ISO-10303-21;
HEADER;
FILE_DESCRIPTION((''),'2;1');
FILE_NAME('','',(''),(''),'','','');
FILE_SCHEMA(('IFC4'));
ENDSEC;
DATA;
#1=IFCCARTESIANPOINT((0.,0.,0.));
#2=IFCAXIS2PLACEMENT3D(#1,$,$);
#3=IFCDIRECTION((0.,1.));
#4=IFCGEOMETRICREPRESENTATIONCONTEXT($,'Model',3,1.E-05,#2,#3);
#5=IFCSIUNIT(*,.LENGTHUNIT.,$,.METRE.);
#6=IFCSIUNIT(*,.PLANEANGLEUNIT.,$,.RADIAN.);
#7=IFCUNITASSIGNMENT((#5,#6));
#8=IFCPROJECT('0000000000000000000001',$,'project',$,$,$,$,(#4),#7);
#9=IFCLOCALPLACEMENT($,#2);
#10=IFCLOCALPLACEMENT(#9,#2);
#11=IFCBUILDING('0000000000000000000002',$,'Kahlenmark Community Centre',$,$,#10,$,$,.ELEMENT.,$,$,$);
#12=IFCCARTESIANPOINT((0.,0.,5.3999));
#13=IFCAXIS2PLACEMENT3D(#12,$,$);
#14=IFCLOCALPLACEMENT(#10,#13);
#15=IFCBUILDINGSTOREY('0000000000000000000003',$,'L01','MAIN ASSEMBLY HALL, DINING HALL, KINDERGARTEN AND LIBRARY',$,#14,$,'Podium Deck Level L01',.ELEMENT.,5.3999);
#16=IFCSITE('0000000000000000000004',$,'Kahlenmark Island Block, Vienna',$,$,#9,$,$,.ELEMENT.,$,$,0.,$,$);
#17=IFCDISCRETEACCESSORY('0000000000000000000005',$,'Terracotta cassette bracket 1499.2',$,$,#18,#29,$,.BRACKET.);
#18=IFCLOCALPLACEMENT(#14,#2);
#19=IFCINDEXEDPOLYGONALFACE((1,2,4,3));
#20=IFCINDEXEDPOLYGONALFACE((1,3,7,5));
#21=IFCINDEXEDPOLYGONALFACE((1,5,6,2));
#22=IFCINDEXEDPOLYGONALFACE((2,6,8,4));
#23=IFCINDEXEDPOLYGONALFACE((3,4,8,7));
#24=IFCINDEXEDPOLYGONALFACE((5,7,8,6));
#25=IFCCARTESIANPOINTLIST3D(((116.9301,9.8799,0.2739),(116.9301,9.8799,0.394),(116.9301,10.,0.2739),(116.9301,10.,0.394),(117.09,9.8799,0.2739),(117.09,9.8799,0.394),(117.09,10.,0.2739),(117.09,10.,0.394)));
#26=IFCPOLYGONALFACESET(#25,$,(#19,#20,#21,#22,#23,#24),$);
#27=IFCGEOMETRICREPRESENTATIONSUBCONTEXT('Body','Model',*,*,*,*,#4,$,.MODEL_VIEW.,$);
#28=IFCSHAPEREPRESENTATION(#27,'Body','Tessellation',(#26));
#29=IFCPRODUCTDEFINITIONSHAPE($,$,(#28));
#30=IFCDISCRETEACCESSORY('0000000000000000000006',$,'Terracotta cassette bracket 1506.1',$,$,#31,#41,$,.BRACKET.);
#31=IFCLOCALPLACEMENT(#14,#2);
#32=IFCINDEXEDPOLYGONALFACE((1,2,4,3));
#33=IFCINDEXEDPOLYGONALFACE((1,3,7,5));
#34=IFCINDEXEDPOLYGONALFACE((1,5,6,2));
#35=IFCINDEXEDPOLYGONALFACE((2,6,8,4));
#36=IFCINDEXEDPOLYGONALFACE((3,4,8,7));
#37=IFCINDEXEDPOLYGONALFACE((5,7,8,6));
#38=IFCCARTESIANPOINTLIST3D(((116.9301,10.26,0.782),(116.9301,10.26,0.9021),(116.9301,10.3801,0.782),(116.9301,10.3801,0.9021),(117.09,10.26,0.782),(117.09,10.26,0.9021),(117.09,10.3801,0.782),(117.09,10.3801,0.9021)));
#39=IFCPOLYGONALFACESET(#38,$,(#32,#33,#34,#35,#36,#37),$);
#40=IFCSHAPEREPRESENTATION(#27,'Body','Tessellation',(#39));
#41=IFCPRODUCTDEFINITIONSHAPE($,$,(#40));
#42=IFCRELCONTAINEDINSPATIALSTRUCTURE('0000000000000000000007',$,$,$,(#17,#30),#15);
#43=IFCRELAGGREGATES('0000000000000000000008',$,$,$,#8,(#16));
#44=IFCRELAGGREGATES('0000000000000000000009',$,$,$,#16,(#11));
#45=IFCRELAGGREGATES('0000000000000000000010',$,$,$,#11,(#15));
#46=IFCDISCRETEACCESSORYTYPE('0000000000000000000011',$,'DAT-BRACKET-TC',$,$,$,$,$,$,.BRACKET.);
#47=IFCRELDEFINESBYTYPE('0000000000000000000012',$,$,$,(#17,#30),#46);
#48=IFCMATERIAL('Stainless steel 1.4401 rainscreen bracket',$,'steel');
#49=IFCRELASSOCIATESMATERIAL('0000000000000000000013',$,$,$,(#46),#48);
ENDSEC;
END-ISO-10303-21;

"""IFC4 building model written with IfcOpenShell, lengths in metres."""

from ifc_helpers import new_model, si_unit, direction, frame, origin, origin_2d, place, context, subcontext, project, spatial, rectangle, extrude, material, type_object, element, save


model = new_model("IFC4")

# Units and contexts
model_context = context("Model", 3, precision=1e-05, world=origin(), true_north=direction((0.0, 1.0)))
body_context = subcontext(model_context, "Body", "Model", "MODEL_VIEW")
ifc_project = project(units=[si_unit("LENGTHUNIT", "METRE"), si_unit("PLANEANGLEUNIT", "RADIAN")], contexts=[model_context])

# Site, building, storey
site_placement = place(None, origin())
site = spatial("IfcSite", under=ifc_project, at=site_placement, Name="Kahlenmark Island Block, Vienna", CompositionType="ELEMENT", RefElevation=0.0)
building_placement = place(site_placement, origin())
building = spatial("IfcBuilding", under=site, at=building_placement, Name="Kahlenmark Community Centre", CompositionType="ELEMENT")
storey_placement = place(building_placement, frame((0.0, 0.0, 5.3999)))
storey = spatial("IfcBuildingStorey", under=building, at=storey_placement, Name="L01", Description="MAIN ASSEMBLY HALL, DINING HALL, KINDERGARTEN AND LIBRARY", LongName="Podium Deck Level L01", CompositionType="ELEMENT", Elevation=5.3999)

# Discrete accessories
ifc_material_1 = material(Name="Stainless steel 1.4401 rainscreen bracket", Category="steel")
discrete_accessory_type = type_object("IfcDiscreteAccessoryType", Name="DAT-BRACKET-TC", PredefinedType="BRACKET", material=ifc_material_1)
for number, where, z_axis, x_axis, name in (
    (1, (117.01, 9.9399, 0.2739), (0.0, 0.0, 1.0), (0.0, 1.0, 0.0), "Terracotta cassette bracket 1499.2"),
    (2, (117.01, 10.3201, 0.782), (0.0, 0.0, 1.0), (0.0, 1.0, 0.0), "Terracotta cassette bracket 1506.1"),
):
    element("IfcDiscreteAccessory", number, at=place(storey_placement, frame(where, z_axis=z_axis, x_axis=x_axis)), inside=storey, type_object=discrete_accessory_type, Name=name, PredefinedType="BRACKET", context=body_context, shape_type="SweptSolid", body=[
        extrude(rectangle(XDim=0.1201, YDim=0.1599, at=origin_2d()), origin(), (0.0, 0.0, 1.0), 0.1201),
    ])

save(model, "model.ifc")
